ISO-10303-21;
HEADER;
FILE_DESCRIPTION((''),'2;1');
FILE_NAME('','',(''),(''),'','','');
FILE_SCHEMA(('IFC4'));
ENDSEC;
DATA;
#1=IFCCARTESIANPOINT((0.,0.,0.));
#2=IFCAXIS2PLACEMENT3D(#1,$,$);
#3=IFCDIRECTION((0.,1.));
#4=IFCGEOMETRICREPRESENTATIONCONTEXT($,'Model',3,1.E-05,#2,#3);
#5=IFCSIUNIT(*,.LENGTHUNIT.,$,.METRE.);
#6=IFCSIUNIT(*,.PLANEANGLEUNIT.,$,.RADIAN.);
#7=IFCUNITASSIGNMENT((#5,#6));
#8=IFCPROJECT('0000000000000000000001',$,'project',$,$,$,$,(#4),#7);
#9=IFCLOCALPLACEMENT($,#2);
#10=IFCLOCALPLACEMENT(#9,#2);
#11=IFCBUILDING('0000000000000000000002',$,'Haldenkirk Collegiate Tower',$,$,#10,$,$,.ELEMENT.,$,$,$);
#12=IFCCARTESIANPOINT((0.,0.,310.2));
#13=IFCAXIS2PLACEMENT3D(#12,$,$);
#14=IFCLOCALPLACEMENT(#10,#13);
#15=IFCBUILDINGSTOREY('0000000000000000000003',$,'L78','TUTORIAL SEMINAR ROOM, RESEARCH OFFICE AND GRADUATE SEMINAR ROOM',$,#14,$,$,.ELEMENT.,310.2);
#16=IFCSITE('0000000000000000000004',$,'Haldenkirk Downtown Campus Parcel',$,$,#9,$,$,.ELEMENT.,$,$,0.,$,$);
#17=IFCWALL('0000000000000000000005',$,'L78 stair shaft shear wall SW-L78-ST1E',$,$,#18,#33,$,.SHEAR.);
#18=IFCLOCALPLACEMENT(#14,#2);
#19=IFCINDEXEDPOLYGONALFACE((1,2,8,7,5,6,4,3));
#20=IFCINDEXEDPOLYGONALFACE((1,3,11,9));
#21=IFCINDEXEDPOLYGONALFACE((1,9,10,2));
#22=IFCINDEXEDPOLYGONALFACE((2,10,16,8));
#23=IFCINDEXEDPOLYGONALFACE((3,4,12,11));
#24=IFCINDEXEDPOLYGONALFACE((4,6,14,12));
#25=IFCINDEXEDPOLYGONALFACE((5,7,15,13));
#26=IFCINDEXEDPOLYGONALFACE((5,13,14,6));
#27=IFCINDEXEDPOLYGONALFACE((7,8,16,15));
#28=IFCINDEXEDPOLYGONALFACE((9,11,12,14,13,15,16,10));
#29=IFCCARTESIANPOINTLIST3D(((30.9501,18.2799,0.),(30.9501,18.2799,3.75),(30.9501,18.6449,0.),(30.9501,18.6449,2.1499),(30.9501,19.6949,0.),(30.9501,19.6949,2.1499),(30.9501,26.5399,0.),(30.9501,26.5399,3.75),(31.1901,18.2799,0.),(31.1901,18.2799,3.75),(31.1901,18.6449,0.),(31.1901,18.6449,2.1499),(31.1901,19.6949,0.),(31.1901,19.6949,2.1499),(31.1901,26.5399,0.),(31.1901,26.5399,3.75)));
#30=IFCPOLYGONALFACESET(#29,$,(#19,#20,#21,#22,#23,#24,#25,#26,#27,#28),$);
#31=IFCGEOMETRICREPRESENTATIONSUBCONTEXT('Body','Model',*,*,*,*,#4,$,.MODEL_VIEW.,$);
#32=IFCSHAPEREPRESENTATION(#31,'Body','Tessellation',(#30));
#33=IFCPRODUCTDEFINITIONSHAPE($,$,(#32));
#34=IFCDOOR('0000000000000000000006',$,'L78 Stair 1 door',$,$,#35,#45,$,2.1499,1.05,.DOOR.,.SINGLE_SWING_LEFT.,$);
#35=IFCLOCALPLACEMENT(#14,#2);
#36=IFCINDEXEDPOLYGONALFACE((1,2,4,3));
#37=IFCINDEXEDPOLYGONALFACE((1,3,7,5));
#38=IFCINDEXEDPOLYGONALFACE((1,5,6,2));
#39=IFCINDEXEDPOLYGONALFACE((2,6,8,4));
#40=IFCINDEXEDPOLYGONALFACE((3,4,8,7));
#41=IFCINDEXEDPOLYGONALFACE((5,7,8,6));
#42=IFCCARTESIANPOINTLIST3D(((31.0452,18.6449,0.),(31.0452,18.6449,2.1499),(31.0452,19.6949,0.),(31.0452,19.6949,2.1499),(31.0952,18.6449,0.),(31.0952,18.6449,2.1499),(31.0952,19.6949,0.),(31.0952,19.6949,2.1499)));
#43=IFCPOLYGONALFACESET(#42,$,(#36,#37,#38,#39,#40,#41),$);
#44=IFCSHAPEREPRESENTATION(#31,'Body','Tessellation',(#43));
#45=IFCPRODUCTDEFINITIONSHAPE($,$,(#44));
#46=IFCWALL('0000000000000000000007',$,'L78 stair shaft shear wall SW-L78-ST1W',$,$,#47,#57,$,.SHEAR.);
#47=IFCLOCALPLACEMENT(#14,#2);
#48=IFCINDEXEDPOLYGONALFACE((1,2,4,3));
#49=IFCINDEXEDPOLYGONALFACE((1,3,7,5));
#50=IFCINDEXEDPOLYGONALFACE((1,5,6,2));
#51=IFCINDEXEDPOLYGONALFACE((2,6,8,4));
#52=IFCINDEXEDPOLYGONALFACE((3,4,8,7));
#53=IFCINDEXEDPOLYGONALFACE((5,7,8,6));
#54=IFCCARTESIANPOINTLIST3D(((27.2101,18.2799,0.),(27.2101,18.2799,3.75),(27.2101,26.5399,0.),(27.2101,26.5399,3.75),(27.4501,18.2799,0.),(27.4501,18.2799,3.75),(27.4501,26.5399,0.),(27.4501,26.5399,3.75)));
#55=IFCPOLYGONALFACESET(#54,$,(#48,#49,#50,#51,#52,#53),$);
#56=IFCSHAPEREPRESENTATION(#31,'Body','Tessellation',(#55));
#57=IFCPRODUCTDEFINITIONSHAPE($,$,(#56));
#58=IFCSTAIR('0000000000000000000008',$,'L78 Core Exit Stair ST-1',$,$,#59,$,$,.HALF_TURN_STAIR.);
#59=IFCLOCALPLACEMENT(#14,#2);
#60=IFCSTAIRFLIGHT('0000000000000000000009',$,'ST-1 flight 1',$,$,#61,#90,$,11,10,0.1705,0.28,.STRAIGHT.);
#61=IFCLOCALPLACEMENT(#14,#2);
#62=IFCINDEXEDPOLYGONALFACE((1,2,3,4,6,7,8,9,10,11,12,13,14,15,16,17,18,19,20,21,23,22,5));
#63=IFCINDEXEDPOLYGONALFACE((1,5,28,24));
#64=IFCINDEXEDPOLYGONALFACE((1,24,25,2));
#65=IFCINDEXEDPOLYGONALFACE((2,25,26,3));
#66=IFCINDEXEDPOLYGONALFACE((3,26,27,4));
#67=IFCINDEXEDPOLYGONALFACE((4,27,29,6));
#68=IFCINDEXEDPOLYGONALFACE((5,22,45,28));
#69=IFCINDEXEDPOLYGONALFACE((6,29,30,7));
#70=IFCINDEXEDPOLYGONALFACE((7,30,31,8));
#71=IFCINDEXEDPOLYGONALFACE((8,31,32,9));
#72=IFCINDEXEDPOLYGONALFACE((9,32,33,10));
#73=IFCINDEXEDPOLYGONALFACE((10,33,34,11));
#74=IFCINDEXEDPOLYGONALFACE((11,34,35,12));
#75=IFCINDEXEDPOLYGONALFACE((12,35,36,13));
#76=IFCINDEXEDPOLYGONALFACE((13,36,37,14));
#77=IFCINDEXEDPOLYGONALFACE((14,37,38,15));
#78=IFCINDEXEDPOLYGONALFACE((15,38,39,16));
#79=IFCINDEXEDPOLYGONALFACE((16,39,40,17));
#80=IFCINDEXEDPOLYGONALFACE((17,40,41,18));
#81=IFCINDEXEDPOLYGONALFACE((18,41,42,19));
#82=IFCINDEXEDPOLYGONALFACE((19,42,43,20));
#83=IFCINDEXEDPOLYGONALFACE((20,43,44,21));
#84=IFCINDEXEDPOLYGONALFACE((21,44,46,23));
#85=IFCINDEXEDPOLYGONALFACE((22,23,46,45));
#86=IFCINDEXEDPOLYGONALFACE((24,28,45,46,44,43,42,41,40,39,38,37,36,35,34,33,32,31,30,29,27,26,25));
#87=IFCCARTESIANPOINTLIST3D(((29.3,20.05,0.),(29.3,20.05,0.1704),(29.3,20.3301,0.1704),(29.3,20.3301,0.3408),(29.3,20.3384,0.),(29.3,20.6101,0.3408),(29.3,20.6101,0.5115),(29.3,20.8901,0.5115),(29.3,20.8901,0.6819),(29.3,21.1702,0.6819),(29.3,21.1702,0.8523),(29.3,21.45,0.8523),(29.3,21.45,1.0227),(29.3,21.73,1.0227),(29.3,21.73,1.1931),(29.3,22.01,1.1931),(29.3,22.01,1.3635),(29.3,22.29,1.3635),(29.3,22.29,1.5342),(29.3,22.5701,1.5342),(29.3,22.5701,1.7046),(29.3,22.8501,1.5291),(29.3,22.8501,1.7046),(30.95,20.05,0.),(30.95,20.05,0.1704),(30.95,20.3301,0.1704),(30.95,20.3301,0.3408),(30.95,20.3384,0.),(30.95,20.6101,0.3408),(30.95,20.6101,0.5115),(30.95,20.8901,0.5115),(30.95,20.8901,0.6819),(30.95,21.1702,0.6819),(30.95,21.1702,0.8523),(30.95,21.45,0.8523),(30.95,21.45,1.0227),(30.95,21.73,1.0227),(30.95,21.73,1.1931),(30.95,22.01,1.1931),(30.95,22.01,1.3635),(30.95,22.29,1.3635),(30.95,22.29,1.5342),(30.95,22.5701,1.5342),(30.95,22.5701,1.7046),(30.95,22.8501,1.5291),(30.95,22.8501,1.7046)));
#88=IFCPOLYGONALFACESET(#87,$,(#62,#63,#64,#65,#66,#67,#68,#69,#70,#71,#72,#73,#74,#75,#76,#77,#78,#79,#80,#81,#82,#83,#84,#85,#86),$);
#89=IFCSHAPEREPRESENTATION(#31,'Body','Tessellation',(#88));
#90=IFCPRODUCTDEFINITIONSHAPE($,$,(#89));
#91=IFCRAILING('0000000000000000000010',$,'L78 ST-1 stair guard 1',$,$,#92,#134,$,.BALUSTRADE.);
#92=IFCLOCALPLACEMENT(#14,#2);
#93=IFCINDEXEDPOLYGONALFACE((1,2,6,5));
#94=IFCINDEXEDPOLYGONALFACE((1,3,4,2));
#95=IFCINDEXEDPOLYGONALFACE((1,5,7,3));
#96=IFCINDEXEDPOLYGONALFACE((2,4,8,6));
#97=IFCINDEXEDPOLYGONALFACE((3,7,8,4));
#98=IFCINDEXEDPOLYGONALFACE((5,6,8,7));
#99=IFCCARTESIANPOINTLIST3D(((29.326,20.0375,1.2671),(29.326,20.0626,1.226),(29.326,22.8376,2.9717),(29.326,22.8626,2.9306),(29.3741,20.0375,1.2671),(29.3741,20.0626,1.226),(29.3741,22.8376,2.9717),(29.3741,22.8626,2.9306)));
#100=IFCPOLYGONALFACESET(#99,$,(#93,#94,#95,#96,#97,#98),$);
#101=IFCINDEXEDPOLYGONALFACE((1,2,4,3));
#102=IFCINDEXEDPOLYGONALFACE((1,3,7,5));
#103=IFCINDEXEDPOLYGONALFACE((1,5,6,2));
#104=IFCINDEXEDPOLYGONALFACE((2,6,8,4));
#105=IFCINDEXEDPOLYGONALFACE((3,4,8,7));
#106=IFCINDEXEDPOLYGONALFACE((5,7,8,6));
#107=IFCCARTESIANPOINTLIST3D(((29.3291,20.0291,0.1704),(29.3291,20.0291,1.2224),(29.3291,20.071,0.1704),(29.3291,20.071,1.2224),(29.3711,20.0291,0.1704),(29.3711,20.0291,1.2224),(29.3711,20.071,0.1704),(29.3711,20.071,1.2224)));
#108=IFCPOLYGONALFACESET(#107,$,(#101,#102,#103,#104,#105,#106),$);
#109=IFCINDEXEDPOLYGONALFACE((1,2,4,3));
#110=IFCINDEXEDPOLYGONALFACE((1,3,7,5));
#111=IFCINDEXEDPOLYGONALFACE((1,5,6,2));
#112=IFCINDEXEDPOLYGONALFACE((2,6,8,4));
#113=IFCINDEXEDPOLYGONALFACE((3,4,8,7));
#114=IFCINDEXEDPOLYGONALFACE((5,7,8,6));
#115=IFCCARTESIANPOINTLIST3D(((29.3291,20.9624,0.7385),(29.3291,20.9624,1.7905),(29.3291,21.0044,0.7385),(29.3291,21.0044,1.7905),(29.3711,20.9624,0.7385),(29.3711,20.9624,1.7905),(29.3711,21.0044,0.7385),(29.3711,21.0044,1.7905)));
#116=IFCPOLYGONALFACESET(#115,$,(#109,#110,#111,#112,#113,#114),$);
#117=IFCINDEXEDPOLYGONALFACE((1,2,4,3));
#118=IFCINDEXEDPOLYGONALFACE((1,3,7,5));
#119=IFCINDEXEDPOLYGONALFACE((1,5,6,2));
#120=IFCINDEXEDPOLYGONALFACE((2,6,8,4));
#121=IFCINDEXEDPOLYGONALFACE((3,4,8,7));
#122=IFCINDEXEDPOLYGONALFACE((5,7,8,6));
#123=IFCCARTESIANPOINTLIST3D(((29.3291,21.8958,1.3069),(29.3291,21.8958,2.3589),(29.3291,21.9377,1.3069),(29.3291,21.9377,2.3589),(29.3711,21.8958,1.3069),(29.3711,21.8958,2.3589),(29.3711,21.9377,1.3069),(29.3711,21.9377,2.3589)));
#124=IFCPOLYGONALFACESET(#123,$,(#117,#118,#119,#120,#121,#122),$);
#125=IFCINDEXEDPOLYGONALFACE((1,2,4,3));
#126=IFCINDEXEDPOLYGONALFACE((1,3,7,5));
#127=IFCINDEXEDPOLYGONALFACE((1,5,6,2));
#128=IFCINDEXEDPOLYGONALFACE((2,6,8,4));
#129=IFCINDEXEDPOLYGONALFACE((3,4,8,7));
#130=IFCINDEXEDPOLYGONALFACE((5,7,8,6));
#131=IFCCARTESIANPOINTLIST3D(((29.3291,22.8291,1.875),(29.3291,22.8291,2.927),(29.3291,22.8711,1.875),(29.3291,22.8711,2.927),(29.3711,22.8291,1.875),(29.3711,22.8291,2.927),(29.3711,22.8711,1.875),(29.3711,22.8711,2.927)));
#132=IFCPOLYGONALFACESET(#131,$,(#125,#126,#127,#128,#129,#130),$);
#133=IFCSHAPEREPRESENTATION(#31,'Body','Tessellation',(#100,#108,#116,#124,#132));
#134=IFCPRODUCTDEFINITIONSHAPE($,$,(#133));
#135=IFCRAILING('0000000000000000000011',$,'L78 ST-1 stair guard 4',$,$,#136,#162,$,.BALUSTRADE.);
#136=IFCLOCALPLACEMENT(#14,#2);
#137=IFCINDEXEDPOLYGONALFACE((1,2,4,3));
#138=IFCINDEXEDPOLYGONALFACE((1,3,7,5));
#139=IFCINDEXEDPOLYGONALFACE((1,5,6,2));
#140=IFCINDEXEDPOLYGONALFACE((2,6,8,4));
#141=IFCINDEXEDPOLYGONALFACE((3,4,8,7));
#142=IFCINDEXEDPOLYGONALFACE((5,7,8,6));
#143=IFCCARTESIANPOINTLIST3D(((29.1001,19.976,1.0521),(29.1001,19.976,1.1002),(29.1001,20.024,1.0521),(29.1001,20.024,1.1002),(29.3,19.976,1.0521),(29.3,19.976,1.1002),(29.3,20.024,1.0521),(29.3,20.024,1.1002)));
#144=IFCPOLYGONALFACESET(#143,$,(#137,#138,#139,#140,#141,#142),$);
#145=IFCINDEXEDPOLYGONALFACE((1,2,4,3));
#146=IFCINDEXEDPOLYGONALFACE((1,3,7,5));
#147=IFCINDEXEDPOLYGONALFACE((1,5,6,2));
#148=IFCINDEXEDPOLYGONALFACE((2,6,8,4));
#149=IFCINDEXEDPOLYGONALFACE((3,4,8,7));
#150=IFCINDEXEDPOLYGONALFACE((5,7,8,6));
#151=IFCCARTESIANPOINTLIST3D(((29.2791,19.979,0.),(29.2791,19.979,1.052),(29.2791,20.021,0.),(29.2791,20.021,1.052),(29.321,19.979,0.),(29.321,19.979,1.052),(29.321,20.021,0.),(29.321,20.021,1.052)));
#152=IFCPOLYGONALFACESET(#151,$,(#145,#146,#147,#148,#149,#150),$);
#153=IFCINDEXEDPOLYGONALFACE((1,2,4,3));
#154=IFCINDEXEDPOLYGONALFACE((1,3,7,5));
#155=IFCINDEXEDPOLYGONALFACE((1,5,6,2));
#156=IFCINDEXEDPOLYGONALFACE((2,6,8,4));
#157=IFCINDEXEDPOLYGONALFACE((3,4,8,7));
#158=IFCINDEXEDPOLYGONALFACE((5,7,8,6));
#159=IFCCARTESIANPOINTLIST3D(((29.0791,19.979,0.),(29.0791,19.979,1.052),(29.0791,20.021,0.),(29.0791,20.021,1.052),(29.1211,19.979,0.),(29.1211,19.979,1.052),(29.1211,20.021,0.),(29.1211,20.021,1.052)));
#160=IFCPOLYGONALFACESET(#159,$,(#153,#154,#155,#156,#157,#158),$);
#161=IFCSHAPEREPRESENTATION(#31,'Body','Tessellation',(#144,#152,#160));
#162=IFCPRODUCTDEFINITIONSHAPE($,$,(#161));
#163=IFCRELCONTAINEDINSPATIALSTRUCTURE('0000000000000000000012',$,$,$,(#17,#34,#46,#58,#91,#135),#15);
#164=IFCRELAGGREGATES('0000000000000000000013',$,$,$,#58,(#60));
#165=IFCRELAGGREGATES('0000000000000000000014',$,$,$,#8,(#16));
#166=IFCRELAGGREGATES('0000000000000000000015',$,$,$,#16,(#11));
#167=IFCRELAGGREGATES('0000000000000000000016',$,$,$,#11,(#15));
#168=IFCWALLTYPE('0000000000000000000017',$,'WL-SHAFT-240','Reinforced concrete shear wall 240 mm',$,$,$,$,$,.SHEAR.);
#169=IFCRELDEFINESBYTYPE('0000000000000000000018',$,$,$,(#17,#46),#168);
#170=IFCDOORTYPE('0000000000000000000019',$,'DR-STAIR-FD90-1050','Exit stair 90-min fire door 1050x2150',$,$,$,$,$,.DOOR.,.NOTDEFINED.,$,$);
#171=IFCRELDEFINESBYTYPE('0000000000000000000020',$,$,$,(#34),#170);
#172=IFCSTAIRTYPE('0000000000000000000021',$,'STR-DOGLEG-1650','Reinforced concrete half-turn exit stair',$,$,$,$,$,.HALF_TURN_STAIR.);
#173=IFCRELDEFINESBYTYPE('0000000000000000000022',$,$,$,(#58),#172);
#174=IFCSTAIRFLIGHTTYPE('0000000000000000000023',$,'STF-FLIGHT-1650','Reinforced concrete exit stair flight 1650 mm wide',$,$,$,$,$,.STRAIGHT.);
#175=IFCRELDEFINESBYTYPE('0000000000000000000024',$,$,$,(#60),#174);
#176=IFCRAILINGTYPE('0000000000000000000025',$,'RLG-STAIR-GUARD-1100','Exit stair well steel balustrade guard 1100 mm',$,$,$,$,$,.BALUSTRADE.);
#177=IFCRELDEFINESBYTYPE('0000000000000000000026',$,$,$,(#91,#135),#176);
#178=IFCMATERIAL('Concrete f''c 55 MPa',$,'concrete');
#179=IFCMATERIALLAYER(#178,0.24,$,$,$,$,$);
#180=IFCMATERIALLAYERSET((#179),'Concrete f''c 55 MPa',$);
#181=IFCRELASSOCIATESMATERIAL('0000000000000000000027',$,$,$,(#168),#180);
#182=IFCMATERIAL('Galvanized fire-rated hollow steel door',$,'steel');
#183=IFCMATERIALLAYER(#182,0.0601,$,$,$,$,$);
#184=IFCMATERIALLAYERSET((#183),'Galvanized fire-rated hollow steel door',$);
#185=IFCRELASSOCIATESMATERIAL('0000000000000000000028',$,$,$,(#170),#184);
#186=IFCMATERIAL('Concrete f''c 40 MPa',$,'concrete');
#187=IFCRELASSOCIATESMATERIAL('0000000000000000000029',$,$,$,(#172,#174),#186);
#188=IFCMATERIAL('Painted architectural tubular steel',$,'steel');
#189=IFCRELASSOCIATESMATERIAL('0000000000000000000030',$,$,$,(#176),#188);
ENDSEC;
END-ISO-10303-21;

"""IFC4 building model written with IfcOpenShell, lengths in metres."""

from ifc_helpers import new_model, si_unit, direction, frame, frame_2d, origin, origin_2d, place, context, subcontext, project, spatial, polyline, rectangle, outline, extrude, material, layer, layer_set, type_object, element, fill, aggregate, save


model = new_model("IFC4")

# Units and contexts
model_context = context("Model", 3, precision=1e-05, world=origin(), true_north=direction((0.0, 1.0)))
body_context = subcontext(model_context, "Body", "Model", "MODEL_VIEW")
ifc_project = project(units=[si_unit("LENGTHUNIT", "METRE"), si_unit("PLANEANGLEUNIT", "RADIAN")], contexts=[model_context])

# Site, building, storey
site_placement = place(None, origin())
site = spatial("IfcSite", under=ifc_project, at=site_placement, Name="Haldenkirk Downtown Campus Parcel", CompositionType="ELEMENT", RefElevation=0.0)
building_placement = place(site_placement, origin())
building = spatial("IfcBuilding", under=site, at=building_placement, Name="Haldenkirk Collegiate Tower", CompositionType="ELEMENT")
storey_placement = place(building_placement, frame((0.0, 0.0, 310.2)))
storey = spatial("IfcBuildingStorey", under=building, at=storey_placement, Name="L78", Description="TUTORIAL SEMINAR ROOM, RESEARCH OFFICE AND GRADUATE SEMINAR ROOM", CompositionType="ELEMENT", Elevation=310.2)

# Shared definitions
ifc_material_1 = material(Name="Concrete f'c 55 MPa", Category="concrete")
ifc_material_2 = material(Name="Galvanized fire-rated hollow steel door", Category="steel")

# Wall, opening, door
ifc_layer_1 = layer(ifc_material_1, 0.24)
ifc_layer_set_1 = layer_set([ifc_layer_1], Name="Concrete f'c 55 MPa")
wall_type_1 = type_object("IfcWallType", Name="WL-SHAFT-240", Description="Reinforced concrete shear wall 240 mm", PredefinedType="SHEAR", material=ifc_layer_set_1)
wall_1_placement = place(storey_placement, frame((31.0701, 18.28, 0.0), z_axis=(0.0, 0.0, 1.0), x_axis=(0.0, 1.0, 0.0)))
wall_1 = element("IfcWall", 1, at=wall_1_placement, inside=storey, type_object=wall_type_1, Name="L78 stair shaft shear wall SW-L78-ST1E", PredefinedType="SHEAR", context=body_context, shape_type="SweptSolid", body=[
    extrude(rectangle(XDim=8.26, YDim=0.24, at=frame_2d((4.1299, 0.0))), origin(), (0.0, 0.0, 1.0), 3.75),
])
opening_1_placement = place(wall_1_placement, frame((0.365, 0.0, 0.0)))
opening_1 = element("IfcOpeningElement", 2, at=opening_1_placement, cuts=wall_1, PredefinedType="OPENING", context=body_context, shape_type="SweptSolid", body=[
    extrude(rectangle(XDim=1.05, YDim=2.1499, at=frame_2d((0.5249, 1.075))), frame((0.0, 0.1299, 0.0), z_axis=(0.0, -1.0, 0.0), x_axis=(1.0, 0.0, 0.0)), (0.0, 0.0, 1.0), 0.26),
])
ifc_layer_2 = layer(ifc_material_2, 0.0601)
ifc_layer_set_2 = layer_set([ifc_layer_2], Name="Galvanized fire-rated hollow steel door")
door_type_1 = type_object("IfcDoorType", Name="DR-STAIR-FD90-1050", Description="Exit stair 90-min fire door 1050x2150", OperationType="NOTDEFINED", PredefinedType="DOOR", material=ifc_layer_set_2)
door_1_placement = place(opening_1_placement, origin())
door_1 = element("IfcDoor", 3, at=door_1_placement, inside=storey, type_object=door_type_1, Name="L78 Stair 1 door", OperationType="SINGLE_SWING_LEFT", OverallHeight=2.1499, OverallWidth=1.05, PredefinedType="DOOR", context=body_context, shape_type="SweptSolid", body=[
    extrude(rectangle(XDim=1.05, YDim=2.1499, at=frame_2d((0.5249, 1.075))), frame((0.0, 0.0249, 0.0), z_axis=(0.0, -1.0, 0.0), x_axis=(1.0, 0.0, 0.0)), (0.0, 0.0, 1.0), 0.05),
])
fill(opening_1, door_1)

# Wall
wall_2_placement = place(storey_placement, frame((27.3301, 18.28, 0.0), z_axis=(0.0, 0.0, 1.0), x_axis=(0.0, 1.0, 0.0)))
element("IfcWall", 4, at=wall_2_placement, inside=storey, type_object=wall_type_1, Name="L78 stair shaft shear wall SW-L78-ST1W", PredefinedType="SHEAR", context=body_context, shape_type="SweptSolid", body=[
    extrude(rectangle(XDim=8.26, YDim=0.24, at=frame_2d((4.1299, 0.0))), origin(), (0.0, 0.0, 1.0), 3.75),
])

# Stair, stair flight
ifc_material_3 = material(Name="Concrete f'c 40 MPa", Category="concrete")
stair_type = type_object("IfcStairType", Name="STR-DOGLEG-1650", Description="Reinforced concrete half-turn exit stair", PredefinedType="HALF_TURN_STAIR", material=ifc_material_3)
stair_placement = place(storey_placement, origin())
stair = element("IfcStair", 5, at=stair_placement, inside=storey, type_object=stair_type, Name="L78 Core Exit Stair ST-1", PredefinedType="HALF_TURN_STAIR")
stair_flight_type = type_object("IfcStairFlightType", Name="STF-FLIGHT-1650", Description="Reinforced concrete exit stair flight 1650 mm wide", PredefinedType="STRAIGHT", material=ifc_material_3)
stair_flight_placement = place(storey_placement, frame((30.125, 20.05, 0.0), z_axis=(0.0, 0.0, 1.0), x_axis=(0.0, 1.0, 0.0)))
stair_flight = element("IfcStairFlight", 6, at=stair_flight_placement, type_object=stair_flight_type, Name="ST-1 flight 1", NumberOfRisers=11, NumberOfTreads=10, PredefinedType="STRAIGHT", RiserHeight=0.1705, TreadLength=0.28, context=body_context, shape_type="SweptSolid", body=[
    extrude(outline(polyline([(0.0, 0.0), (0.0, 0.1704), (0.28, 0.1704), (0.28, 0.3408), (0.5601, 0.3408), (0.5601, 0.5115), (0.8401, 0.5115), (0.8401, 0.6819), (1.1201, 0.6819), (1.1201, 0.8523), (1.3999, 0.8523), (1.3999, 1.0227), (1.6799, 1.0227), (1.6799, 1.1931), (1.96, 1.1931), (1.96, 1.3635), (2.24, 1.3635), (2.24, 1.5342), (2.52, 1.5342), (2.52, 1.7046), (2.8, 1.7046), (2.8, 1.875), (2.8, 1.5291), (0.2883, 0.0), (0.0, 0.0)])), frame((0.0, 0.825, 0.0), z_axis=(0.0, -1.0, 0.0), x_axis=(1.0, 0.0, 0.0)), (0.0, 0.0, 1.0), 1.6499),
])
aggregate(stair, [stair_flight])

# Railings
ifc_material_4 = material(Name="Painted architectural tubular steel", Category="steel")
railing_type_1 = type_object("IfcRailingType", Name="RLG-STAIR-GUARD-1100", Description="Exit stair well steel balustrade guard 1100 mm", PredefinedType="BALUSTRADE", material=ifc_material_4)
railing_1_placement = place(storey_placement, frame((29.3501, 20.05, 0.1704)))
element("IfcRailing", 7, at=railing_1_placement, inside=storey, type_object=railing_type_1, Name="L78 ST-1 stair guard 1", PredefinedType="BALUSTRADE", context=body_context, shape_type="SweptSolid", body=[
    extrude(rectangle(XDim=0.0481, YDim=0.0481, at=origin_2d()), frame((0.0, 0.0, 1.0762), z_axis=(0.0, 0.85417, 0.519994), x_axis=(-1.0, 0.0, 0.0)), (0.0, 0.0, 1.0), 3.2781),
    extrude(rectangle(XDim=0.042, YDim=0.042, at=origin_2d()), origin(), (0.0, 0.0, 1.0), 1.052),
    extrude(rectangle(XDim=0.042, YDim=0.042, at=origin_2d()), frame((0.0, 0.9333, 0.5681)), (0.0, 0.0, 1.0), 1.052),
    extrude(rectangle(XDim=0.042, YDim=0.042, at=origin_2d()), frame((0.0, 1.8667, 1.1365)), (0.0, 0.0, 1.0), 1.052),
    extrude(rectangle(XDim=0.042, YDim=0.042, at=origin_2d()), frame((0.0, 2.8, 1.7046)), (0.0, 0.0, 1.0), 1.052),
])
railing_2_placement = place(storey_placement, frame((29.3, 20.0, 0.0)))
element("IfcRailing", 8, at=railing_2_placement, inside=storey, type_object=railing_type_1, Name="L78 ST-1 stair guard 4", PredefinedType="BALUSTRADE", context=body_context, shape_type="SweptSolid", body=[
    extrude(rectangle(XDim=0.0481, YDim=0.0481, at=origin_2d()), frame((0.0, 0.0, 1.0762), z_axis=(-1.0, 0.0, 0.0), x_axis=(0.0, -1.0, 0.0)), (0.0, 0.0, 1.0), 0.2),
    extrude(rectangle(XDim=0.042, YDim=0.042, at=origin_2d()), origin(), (0.0, 0.0, 1.0), 1.052),
    extrude(rectangle(XDim=0.042, YDim=0.042, at=origin_2d()), frame((-0.2, 0.0, 0.0)), (0.0, 0.0, 1.0), 1.052),
])

save(model, "model.ifc")
